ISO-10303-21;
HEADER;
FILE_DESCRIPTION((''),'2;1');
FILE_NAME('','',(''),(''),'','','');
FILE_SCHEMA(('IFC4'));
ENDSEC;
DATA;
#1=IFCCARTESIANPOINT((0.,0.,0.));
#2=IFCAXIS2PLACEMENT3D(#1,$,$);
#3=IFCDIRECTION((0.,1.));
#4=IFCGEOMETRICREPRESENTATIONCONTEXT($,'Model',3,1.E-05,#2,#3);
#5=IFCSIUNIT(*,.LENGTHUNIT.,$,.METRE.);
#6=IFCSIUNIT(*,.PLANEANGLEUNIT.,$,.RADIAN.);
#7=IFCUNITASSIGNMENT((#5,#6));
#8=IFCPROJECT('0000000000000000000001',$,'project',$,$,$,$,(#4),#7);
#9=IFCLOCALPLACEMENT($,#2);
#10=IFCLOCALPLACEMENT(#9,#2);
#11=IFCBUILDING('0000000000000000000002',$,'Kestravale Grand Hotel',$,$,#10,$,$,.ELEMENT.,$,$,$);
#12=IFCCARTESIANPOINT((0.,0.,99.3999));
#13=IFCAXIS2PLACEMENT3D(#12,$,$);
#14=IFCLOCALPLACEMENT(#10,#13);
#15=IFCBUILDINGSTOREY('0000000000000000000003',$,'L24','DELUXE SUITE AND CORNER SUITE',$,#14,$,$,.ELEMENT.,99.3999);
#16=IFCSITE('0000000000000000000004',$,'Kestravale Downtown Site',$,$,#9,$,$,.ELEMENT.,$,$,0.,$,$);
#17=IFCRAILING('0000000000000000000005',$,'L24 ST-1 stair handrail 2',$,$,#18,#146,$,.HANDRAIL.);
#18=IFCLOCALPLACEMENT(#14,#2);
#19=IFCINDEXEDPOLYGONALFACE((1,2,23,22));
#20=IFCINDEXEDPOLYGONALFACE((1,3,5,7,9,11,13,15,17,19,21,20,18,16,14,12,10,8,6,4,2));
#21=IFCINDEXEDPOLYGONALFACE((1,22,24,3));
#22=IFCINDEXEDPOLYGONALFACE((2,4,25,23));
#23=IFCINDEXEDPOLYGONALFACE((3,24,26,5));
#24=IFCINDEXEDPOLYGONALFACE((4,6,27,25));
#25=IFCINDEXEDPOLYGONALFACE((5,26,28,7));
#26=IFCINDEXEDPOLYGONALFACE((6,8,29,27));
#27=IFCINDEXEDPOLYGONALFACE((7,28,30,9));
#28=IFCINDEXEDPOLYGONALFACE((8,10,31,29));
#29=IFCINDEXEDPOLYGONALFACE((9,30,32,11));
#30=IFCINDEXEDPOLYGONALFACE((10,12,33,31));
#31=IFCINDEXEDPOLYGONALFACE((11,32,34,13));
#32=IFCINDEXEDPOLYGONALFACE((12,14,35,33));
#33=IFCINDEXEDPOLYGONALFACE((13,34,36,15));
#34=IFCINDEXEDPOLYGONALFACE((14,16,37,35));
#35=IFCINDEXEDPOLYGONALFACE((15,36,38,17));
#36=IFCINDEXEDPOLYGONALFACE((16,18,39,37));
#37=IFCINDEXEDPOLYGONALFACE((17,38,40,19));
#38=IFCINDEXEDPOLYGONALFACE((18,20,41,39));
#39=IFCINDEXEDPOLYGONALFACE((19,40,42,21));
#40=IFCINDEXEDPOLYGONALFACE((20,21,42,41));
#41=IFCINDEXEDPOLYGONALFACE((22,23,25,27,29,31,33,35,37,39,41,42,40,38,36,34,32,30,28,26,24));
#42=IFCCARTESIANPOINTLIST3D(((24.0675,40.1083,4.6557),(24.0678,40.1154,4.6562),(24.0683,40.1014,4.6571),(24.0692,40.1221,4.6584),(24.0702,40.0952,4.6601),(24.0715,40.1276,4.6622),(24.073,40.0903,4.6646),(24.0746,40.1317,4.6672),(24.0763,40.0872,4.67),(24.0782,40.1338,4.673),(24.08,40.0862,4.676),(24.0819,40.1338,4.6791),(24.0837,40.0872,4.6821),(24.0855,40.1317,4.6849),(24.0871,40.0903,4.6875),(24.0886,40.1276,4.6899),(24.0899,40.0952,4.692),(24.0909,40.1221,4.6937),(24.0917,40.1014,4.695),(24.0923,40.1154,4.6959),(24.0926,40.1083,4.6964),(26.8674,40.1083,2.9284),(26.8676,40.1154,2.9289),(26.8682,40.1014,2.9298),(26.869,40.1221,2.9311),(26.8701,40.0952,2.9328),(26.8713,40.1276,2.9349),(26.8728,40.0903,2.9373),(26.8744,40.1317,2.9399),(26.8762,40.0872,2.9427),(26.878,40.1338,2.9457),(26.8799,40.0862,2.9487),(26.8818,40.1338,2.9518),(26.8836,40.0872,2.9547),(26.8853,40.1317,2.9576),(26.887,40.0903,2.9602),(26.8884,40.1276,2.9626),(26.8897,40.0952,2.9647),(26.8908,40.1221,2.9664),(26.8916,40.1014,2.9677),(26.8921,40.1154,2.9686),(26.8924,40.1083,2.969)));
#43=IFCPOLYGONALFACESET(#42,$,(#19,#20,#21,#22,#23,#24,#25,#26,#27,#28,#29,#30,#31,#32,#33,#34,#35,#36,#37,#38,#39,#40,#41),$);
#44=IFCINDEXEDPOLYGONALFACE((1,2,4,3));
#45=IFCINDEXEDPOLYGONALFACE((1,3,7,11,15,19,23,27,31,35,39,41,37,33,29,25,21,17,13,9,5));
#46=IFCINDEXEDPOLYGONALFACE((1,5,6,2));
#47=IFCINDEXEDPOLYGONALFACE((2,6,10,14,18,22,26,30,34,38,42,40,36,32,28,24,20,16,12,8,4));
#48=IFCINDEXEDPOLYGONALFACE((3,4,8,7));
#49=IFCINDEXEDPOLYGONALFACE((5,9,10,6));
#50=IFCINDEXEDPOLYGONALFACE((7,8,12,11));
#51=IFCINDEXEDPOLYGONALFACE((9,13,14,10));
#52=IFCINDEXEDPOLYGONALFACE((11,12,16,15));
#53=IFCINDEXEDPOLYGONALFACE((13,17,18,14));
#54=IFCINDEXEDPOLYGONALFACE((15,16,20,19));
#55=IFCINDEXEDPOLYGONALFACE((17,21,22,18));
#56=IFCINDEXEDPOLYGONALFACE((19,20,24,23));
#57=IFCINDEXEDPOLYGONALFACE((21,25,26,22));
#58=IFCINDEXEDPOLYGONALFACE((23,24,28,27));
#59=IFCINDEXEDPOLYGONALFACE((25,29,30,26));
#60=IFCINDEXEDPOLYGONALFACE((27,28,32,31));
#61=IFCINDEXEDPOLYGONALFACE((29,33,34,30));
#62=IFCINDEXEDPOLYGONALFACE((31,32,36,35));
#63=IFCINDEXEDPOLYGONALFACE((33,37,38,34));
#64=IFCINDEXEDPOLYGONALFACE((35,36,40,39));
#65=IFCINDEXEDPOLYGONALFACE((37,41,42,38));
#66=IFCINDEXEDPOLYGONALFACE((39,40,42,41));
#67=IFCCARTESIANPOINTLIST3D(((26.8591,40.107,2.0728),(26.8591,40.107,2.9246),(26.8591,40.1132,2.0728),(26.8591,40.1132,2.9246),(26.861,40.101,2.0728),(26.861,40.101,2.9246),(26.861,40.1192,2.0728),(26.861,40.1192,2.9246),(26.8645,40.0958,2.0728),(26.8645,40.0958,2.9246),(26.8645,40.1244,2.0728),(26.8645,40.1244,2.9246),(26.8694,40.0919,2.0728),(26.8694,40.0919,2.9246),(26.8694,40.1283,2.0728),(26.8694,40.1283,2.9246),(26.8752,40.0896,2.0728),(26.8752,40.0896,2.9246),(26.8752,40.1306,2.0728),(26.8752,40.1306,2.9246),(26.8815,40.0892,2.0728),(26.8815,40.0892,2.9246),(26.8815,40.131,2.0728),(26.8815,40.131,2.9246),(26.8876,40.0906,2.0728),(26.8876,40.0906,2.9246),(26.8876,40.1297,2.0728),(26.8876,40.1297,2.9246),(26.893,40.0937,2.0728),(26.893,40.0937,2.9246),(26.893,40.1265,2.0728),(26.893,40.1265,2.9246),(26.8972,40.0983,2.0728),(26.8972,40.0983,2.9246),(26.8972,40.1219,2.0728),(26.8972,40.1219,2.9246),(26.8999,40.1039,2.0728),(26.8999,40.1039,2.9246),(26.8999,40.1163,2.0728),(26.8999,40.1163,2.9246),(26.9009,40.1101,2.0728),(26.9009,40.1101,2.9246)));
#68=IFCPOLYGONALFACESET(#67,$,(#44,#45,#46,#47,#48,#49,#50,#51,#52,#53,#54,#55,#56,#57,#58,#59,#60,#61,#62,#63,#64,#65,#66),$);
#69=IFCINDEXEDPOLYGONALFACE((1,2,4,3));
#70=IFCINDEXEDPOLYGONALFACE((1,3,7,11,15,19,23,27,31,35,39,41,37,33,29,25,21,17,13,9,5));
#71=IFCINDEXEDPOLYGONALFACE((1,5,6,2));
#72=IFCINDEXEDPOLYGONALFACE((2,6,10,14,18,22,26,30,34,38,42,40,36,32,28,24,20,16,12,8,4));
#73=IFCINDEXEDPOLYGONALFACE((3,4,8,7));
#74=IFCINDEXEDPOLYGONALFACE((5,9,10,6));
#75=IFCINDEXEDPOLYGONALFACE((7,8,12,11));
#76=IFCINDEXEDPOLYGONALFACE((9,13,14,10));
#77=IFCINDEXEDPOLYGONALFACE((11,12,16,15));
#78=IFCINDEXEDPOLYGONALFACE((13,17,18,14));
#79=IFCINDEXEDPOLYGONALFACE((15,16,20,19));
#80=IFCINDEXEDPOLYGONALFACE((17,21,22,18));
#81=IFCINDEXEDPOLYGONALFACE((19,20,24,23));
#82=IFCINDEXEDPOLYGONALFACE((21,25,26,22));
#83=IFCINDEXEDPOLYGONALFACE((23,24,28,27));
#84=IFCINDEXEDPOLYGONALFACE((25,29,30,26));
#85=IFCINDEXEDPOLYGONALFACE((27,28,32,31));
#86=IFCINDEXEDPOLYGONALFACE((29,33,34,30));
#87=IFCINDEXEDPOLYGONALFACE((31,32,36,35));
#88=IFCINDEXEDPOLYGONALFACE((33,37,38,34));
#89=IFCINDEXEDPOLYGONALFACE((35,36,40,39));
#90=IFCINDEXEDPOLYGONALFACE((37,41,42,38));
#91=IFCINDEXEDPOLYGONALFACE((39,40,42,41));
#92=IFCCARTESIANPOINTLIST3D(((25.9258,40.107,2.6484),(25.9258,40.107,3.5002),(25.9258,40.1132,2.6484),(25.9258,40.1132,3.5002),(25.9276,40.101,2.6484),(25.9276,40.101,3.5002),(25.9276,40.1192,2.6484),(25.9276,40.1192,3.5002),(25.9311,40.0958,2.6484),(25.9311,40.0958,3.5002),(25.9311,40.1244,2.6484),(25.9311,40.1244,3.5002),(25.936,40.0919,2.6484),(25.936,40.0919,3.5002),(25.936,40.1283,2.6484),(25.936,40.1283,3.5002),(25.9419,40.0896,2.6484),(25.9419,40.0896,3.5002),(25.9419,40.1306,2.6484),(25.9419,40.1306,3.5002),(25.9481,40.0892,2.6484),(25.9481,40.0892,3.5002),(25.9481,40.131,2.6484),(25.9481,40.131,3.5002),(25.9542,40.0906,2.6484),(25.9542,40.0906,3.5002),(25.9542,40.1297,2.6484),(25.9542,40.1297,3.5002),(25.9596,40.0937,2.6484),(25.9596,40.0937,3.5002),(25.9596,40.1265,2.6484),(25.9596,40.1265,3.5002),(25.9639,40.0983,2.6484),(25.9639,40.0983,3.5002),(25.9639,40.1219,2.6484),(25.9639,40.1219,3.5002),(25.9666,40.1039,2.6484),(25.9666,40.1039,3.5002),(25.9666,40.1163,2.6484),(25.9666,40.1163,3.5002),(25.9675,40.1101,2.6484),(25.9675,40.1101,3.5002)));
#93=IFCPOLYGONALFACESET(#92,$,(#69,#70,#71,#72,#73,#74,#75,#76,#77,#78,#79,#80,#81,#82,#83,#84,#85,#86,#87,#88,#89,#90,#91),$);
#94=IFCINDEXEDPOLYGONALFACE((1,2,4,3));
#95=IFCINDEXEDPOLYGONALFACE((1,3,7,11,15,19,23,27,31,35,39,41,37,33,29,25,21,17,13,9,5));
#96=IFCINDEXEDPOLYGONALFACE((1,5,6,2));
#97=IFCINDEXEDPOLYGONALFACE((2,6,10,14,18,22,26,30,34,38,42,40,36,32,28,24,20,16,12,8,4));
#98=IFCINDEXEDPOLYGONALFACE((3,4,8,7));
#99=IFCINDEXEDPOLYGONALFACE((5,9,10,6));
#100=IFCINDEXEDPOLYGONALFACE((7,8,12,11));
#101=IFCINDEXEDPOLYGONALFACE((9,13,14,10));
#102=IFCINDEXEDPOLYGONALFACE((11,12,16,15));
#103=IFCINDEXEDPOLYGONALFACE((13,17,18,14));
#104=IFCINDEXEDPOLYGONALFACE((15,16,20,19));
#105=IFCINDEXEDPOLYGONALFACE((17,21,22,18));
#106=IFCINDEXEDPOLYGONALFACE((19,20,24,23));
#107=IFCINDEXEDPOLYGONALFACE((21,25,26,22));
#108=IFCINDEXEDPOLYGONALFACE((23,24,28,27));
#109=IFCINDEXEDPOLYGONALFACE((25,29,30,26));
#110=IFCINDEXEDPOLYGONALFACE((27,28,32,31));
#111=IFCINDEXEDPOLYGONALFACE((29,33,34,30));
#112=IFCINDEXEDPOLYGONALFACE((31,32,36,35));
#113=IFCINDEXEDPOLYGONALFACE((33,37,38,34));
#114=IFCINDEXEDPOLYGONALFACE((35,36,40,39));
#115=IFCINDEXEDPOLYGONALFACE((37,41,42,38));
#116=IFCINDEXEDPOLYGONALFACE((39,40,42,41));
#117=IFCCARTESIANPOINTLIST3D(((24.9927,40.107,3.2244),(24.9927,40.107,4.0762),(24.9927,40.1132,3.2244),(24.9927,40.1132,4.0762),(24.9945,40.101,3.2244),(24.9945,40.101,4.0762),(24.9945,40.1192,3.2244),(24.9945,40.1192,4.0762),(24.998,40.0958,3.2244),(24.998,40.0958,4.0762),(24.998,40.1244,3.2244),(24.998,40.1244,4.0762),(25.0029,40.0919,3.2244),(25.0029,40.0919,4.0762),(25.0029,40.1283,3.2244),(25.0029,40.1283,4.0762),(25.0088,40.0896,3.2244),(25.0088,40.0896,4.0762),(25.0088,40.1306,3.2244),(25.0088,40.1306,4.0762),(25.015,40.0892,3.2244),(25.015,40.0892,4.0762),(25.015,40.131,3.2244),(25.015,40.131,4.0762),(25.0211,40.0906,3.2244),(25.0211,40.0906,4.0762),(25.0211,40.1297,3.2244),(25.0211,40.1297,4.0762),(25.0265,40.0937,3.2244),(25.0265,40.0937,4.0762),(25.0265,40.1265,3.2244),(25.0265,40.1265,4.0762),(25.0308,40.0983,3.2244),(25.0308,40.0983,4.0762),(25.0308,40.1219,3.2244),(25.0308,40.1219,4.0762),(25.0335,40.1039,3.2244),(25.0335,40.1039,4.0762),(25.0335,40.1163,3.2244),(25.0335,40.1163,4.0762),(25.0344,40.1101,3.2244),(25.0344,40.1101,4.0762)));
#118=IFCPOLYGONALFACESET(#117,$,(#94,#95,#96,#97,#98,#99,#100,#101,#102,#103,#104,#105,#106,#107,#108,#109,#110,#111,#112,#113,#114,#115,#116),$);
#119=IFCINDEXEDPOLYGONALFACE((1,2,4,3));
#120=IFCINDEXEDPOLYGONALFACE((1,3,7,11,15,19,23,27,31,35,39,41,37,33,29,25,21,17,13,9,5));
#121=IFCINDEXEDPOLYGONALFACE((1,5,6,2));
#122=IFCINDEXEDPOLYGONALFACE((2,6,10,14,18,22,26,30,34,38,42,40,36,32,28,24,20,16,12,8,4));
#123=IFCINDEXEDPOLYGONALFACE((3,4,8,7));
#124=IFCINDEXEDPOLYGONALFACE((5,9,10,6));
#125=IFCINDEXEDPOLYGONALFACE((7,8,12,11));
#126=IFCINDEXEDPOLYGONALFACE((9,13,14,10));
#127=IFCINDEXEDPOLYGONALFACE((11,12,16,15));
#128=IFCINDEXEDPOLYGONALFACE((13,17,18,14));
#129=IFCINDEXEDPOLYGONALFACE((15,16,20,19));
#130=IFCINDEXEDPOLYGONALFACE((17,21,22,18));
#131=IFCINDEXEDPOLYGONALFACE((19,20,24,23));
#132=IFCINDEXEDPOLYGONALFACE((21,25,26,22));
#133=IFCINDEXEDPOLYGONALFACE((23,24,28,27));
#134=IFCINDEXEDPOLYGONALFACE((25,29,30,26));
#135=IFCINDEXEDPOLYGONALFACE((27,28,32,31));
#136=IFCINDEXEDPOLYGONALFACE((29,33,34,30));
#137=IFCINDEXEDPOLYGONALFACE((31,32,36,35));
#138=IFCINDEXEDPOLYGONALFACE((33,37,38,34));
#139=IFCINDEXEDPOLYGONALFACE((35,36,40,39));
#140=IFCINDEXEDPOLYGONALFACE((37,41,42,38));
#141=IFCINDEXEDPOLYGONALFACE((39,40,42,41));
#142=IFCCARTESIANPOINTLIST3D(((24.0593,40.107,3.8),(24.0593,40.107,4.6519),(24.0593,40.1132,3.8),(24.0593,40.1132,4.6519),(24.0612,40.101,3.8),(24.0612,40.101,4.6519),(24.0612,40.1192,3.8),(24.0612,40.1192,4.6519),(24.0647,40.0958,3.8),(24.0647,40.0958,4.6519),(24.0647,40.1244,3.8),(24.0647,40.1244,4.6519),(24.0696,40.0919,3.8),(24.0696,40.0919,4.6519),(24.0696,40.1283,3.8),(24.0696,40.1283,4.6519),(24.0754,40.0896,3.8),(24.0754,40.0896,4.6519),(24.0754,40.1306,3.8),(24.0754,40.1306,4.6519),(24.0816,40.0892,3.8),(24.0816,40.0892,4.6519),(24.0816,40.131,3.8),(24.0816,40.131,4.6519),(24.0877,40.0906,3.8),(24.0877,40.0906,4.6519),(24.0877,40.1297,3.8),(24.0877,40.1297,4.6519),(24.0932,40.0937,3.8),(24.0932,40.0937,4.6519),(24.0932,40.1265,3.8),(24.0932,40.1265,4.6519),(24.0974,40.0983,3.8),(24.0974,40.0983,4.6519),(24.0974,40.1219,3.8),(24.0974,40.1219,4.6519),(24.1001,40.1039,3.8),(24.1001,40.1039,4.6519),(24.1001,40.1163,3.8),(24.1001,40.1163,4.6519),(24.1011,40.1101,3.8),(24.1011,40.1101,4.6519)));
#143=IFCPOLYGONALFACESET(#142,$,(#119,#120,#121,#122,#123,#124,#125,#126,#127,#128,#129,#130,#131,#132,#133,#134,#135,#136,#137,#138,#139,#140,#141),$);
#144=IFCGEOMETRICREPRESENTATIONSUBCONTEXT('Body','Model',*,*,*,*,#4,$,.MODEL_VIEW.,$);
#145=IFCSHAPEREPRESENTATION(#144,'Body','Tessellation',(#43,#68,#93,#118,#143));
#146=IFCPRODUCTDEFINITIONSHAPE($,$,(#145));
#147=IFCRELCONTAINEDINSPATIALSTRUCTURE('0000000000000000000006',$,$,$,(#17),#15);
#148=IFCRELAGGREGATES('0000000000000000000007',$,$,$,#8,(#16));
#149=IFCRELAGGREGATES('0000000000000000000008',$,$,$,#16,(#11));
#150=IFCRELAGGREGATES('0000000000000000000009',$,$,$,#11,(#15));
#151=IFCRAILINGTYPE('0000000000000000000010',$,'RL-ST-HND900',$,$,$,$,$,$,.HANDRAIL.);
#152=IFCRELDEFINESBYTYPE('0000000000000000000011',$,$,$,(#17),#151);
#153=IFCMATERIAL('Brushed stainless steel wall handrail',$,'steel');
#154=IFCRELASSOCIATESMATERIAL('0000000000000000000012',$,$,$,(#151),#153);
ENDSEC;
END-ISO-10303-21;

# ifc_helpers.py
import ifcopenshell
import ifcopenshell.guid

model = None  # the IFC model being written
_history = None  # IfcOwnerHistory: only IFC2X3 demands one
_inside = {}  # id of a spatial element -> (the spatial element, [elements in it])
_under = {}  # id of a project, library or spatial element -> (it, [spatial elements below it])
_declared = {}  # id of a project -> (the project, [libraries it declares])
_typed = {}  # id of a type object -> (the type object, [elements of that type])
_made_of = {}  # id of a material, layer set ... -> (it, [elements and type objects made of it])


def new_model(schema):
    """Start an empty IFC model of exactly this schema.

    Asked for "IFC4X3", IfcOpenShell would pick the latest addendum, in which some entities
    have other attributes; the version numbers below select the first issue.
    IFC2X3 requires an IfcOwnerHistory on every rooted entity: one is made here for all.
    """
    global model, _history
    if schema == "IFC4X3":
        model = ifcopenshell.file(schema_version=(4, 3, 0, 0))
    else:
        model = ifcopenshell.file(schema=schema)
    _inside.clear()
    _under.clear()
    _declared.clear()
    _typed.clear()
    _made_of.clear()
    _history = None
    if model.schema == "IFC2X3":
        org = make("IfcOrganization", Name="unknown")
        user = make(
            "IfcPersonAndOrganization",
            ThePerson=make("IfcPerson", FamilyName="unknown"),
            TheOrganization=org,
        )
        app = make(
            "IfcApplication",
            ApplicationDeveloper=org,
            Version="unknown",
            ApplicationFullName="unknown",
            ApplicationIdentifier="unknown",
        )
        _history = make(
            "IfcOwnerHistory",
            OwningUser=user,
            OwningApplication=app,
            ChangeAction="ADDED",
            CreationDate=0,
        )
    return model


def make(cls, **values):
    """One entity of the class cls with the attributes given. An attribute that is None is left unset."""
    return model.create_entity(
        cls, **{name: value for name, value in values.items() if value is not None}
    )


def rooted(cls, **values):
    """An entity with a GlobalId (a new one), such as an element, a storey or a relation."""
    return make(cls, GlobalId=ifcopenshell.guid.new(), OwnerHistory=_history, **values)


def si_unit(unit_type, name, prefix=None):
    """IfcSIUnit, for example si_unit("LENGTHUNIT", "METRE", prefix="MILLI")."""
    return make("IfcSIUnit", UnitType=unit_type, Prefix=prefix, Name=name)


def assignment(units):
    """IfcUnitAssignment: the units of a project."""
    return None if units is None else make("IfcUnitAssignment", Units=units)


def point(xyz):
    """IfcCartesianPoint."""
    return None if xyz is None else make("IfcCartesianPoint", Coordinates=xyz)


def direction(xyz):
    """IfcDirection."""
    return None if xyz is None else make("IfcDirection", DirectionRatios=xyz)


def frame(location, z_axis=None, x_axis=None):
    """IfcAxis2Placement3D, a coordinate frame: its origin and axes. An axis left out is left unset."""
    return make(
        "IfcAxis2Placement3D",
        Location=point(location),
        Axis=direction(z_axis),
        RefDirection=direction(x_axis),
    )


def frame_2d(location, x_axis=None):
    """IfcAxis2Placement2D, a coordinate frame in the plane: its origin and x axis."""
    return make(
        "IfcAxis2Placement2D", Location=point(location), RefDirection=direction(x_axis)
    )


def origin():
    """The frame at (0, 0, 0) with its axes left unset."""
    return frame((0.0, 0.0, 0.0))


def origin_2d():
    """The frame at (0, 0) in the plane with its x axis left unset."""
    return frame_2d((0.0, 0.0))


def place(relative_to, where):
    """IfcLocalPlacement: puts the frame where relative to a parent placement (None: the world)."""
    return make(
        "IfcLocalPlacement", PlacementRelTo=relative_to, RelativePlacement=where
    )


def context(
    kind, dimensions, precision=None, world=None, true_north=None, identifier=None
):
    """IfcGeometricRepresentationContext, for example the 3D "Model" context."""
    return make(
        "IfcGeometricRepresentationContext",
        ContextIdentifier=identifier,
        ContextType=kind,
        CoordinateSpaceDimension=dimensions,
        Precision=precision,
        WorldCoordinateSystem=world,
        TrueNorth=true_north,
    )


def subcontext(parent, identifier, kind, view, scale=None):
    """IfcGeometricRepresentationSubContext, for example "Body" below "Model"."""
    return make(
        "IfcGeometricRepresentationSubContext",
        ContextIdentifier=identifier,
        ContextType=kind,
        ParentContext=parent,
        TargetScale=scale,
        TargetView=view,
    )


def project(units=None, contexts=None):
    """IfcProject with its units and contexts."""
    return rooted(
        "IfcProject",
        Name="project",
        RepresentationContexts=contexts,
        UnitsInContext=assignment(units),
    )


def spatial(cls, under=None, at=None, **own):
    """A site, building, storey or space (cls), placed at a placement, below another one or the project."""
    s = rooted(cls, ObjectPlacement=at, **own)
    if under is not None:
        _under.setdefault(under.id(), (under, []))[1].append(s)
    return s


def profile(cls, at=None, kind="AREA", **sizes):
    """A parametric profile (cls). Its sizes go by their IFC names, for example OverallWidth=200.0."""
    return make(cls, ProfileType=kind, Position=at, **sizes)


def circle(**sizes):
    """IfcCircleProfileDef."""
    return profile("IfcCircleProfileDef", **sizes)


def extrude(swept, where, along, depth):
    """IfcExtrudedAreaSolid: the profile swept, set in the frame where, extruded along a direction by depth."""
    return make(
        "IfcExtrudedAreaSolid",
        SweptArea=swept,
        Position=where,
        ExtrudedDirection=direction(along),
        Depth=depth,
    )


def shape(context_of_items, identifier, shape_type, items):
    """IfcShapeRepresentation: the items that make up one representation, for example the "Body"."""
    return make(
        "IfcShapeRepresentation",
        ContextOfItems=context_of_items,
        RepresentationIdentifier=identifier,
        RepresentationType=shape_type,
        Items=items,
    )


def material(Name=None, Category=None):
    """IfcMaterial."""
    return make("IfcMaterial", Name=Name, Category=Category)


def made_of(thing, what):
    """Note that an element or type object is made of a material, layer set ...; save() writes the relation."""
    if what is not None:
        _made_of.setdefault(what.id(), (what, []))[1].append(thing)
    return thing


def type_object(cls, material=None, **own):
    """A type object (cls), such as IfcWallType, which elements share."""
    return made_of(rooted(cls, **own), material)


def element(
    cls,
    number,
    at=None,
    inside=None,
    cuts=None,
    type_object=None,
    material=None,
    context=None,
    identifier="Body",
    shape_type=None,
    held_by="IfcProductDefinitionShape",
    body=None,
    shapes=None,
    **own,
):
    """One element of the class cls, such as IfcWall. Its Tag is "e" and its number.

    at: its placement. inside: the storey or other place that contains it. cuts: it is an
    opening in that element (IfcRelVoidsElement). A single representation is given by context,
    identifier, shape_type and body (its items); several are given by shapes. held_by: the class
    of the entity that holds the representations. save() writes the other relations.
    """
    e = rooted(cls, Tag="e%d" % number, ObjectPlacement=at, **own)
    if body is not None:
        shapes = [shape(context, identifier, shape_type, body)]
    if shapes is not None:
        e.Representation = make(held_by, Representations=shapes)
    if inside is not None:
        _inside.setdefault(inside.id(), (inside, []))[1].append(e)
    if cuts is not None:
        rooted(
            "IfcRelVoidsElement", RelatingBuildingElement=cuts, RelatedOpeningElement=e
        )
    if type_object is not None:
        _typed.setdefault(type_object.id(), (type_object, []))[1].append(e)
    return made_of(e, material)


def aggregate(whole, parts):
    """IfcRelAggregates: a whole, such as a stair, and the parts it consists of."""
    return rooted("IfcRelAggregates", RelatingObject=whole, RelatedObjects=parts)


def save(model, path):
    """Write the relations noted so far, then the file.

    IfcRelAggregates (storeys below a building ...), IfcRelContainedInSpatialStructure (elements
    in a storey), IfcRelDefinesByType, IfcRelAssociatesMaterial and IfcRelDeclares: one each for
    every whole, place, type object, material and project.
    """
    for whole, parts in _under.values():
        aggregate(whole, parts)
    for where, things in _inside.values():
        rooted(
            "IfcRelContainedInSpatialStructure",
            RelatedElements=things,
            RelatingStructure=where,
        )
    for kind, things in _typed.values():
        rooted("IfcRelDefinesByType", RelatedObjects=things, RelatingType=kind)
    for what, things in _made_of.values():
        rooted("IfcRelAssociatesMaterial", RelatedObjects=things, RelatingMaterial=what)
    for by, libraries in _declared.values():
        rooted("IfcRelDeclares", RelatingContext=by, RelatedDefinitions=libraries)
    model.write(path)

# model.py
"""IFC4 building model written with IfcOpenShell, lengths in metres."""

from ifc_helpers import new_model, si_unit, direction, frame, origin, origin_2d, place, context, subcontext, project, spatial, circle, extrude, material, type_object, element, save


model = new_model("IFC4")

# Units and contexts
model_context = context("Model", 3, precision=1e-05, world=origin(), true_north=direction((0.0, 1.0)))
body_context = subcontext(model_context, "Body", "Model", "MODEL_VIEW")
ifc_project = project(units=[si_unit("LENGTHUNIT", "METRE"), si_unit("PLANEANGLEUNIT", "RADIAN")], contexts=[model_context])

# Site, building, storey
site_placement = place(None, origin())
site = spatial("IfcSite", under=ifc_project, at=site_placement, Name="Kestravale Downtown Site", CompositionType="ELEMENT", RefElevation=0.0)
building_placement = place(site_placement, origin())
building = spatial("IfcBuilding", under=site, at=building_placement, Name="Kestravale Grand Hotel", CompositionType="ELEMENT")
storey_placement = place(building_placement, frame((0.0, 0.0, 99.3999)))
storey = spatial("IfcBuildingStorey", under=building, at=storey_placement, Name="L24", Description="DELUXE SUITE AND CORNER SUITE", CompositionType="ELEMENT", Elevation=99.3999)

# Railing
ifc_material_1 = material(Name="Brushed stainless steel wall handrail", Category="steel")
railing_type_1 = type_object("IfcRailingType", Name="RL-ST-HND900", PredefinedType="HANDRAIL", material=ifc_material_1)
railing_1_placement = place(storey_placement, frame((26.8799, 40.1101, 2.0728)))
element("IfcRailing", 1, at=railing_1_placement, inside=storey, type_object=railing_type_1, Name="L24 ST-1 stair handrail 2", PredefinedType="HANDRAIL", context=body_context, shape_type="SweptSolid", body=[
    extrude(circle(Radius=0.0239, at=origin_2d()), frame((0.0, 0.0, 0.876), z_axis=(-0.851069, 0.0, 0.525054), x_axis=(0.0, -1.0, 0.0)), (0.0, 0.0, 1.0), 3.2898),
    extrude(circle(Radius=0.021, at=origin_2d()), origin(), (0.0, 0.0, 1.0), 0.8518),
    extrude(circle(Radius=0.021, at=origin_2d()), frame((-0.9333, 0.0, 0.5757)), (0.0, 0.0, 1.0), 0.8518),
    extrude(circle(Radius=0.021, at=origin_2d()), frame((-1.8665, 0.0, 1.1516)), (0.0, 0.0, 1.0), 0.8518),
    extrude(circle(Radius=0.021, at=origin_2d()), frame((-2.7998, 0.0, 1.7273)), (0.0, 0.0, 1.0), 0.8518),
])

save(model, "model.ifc")
